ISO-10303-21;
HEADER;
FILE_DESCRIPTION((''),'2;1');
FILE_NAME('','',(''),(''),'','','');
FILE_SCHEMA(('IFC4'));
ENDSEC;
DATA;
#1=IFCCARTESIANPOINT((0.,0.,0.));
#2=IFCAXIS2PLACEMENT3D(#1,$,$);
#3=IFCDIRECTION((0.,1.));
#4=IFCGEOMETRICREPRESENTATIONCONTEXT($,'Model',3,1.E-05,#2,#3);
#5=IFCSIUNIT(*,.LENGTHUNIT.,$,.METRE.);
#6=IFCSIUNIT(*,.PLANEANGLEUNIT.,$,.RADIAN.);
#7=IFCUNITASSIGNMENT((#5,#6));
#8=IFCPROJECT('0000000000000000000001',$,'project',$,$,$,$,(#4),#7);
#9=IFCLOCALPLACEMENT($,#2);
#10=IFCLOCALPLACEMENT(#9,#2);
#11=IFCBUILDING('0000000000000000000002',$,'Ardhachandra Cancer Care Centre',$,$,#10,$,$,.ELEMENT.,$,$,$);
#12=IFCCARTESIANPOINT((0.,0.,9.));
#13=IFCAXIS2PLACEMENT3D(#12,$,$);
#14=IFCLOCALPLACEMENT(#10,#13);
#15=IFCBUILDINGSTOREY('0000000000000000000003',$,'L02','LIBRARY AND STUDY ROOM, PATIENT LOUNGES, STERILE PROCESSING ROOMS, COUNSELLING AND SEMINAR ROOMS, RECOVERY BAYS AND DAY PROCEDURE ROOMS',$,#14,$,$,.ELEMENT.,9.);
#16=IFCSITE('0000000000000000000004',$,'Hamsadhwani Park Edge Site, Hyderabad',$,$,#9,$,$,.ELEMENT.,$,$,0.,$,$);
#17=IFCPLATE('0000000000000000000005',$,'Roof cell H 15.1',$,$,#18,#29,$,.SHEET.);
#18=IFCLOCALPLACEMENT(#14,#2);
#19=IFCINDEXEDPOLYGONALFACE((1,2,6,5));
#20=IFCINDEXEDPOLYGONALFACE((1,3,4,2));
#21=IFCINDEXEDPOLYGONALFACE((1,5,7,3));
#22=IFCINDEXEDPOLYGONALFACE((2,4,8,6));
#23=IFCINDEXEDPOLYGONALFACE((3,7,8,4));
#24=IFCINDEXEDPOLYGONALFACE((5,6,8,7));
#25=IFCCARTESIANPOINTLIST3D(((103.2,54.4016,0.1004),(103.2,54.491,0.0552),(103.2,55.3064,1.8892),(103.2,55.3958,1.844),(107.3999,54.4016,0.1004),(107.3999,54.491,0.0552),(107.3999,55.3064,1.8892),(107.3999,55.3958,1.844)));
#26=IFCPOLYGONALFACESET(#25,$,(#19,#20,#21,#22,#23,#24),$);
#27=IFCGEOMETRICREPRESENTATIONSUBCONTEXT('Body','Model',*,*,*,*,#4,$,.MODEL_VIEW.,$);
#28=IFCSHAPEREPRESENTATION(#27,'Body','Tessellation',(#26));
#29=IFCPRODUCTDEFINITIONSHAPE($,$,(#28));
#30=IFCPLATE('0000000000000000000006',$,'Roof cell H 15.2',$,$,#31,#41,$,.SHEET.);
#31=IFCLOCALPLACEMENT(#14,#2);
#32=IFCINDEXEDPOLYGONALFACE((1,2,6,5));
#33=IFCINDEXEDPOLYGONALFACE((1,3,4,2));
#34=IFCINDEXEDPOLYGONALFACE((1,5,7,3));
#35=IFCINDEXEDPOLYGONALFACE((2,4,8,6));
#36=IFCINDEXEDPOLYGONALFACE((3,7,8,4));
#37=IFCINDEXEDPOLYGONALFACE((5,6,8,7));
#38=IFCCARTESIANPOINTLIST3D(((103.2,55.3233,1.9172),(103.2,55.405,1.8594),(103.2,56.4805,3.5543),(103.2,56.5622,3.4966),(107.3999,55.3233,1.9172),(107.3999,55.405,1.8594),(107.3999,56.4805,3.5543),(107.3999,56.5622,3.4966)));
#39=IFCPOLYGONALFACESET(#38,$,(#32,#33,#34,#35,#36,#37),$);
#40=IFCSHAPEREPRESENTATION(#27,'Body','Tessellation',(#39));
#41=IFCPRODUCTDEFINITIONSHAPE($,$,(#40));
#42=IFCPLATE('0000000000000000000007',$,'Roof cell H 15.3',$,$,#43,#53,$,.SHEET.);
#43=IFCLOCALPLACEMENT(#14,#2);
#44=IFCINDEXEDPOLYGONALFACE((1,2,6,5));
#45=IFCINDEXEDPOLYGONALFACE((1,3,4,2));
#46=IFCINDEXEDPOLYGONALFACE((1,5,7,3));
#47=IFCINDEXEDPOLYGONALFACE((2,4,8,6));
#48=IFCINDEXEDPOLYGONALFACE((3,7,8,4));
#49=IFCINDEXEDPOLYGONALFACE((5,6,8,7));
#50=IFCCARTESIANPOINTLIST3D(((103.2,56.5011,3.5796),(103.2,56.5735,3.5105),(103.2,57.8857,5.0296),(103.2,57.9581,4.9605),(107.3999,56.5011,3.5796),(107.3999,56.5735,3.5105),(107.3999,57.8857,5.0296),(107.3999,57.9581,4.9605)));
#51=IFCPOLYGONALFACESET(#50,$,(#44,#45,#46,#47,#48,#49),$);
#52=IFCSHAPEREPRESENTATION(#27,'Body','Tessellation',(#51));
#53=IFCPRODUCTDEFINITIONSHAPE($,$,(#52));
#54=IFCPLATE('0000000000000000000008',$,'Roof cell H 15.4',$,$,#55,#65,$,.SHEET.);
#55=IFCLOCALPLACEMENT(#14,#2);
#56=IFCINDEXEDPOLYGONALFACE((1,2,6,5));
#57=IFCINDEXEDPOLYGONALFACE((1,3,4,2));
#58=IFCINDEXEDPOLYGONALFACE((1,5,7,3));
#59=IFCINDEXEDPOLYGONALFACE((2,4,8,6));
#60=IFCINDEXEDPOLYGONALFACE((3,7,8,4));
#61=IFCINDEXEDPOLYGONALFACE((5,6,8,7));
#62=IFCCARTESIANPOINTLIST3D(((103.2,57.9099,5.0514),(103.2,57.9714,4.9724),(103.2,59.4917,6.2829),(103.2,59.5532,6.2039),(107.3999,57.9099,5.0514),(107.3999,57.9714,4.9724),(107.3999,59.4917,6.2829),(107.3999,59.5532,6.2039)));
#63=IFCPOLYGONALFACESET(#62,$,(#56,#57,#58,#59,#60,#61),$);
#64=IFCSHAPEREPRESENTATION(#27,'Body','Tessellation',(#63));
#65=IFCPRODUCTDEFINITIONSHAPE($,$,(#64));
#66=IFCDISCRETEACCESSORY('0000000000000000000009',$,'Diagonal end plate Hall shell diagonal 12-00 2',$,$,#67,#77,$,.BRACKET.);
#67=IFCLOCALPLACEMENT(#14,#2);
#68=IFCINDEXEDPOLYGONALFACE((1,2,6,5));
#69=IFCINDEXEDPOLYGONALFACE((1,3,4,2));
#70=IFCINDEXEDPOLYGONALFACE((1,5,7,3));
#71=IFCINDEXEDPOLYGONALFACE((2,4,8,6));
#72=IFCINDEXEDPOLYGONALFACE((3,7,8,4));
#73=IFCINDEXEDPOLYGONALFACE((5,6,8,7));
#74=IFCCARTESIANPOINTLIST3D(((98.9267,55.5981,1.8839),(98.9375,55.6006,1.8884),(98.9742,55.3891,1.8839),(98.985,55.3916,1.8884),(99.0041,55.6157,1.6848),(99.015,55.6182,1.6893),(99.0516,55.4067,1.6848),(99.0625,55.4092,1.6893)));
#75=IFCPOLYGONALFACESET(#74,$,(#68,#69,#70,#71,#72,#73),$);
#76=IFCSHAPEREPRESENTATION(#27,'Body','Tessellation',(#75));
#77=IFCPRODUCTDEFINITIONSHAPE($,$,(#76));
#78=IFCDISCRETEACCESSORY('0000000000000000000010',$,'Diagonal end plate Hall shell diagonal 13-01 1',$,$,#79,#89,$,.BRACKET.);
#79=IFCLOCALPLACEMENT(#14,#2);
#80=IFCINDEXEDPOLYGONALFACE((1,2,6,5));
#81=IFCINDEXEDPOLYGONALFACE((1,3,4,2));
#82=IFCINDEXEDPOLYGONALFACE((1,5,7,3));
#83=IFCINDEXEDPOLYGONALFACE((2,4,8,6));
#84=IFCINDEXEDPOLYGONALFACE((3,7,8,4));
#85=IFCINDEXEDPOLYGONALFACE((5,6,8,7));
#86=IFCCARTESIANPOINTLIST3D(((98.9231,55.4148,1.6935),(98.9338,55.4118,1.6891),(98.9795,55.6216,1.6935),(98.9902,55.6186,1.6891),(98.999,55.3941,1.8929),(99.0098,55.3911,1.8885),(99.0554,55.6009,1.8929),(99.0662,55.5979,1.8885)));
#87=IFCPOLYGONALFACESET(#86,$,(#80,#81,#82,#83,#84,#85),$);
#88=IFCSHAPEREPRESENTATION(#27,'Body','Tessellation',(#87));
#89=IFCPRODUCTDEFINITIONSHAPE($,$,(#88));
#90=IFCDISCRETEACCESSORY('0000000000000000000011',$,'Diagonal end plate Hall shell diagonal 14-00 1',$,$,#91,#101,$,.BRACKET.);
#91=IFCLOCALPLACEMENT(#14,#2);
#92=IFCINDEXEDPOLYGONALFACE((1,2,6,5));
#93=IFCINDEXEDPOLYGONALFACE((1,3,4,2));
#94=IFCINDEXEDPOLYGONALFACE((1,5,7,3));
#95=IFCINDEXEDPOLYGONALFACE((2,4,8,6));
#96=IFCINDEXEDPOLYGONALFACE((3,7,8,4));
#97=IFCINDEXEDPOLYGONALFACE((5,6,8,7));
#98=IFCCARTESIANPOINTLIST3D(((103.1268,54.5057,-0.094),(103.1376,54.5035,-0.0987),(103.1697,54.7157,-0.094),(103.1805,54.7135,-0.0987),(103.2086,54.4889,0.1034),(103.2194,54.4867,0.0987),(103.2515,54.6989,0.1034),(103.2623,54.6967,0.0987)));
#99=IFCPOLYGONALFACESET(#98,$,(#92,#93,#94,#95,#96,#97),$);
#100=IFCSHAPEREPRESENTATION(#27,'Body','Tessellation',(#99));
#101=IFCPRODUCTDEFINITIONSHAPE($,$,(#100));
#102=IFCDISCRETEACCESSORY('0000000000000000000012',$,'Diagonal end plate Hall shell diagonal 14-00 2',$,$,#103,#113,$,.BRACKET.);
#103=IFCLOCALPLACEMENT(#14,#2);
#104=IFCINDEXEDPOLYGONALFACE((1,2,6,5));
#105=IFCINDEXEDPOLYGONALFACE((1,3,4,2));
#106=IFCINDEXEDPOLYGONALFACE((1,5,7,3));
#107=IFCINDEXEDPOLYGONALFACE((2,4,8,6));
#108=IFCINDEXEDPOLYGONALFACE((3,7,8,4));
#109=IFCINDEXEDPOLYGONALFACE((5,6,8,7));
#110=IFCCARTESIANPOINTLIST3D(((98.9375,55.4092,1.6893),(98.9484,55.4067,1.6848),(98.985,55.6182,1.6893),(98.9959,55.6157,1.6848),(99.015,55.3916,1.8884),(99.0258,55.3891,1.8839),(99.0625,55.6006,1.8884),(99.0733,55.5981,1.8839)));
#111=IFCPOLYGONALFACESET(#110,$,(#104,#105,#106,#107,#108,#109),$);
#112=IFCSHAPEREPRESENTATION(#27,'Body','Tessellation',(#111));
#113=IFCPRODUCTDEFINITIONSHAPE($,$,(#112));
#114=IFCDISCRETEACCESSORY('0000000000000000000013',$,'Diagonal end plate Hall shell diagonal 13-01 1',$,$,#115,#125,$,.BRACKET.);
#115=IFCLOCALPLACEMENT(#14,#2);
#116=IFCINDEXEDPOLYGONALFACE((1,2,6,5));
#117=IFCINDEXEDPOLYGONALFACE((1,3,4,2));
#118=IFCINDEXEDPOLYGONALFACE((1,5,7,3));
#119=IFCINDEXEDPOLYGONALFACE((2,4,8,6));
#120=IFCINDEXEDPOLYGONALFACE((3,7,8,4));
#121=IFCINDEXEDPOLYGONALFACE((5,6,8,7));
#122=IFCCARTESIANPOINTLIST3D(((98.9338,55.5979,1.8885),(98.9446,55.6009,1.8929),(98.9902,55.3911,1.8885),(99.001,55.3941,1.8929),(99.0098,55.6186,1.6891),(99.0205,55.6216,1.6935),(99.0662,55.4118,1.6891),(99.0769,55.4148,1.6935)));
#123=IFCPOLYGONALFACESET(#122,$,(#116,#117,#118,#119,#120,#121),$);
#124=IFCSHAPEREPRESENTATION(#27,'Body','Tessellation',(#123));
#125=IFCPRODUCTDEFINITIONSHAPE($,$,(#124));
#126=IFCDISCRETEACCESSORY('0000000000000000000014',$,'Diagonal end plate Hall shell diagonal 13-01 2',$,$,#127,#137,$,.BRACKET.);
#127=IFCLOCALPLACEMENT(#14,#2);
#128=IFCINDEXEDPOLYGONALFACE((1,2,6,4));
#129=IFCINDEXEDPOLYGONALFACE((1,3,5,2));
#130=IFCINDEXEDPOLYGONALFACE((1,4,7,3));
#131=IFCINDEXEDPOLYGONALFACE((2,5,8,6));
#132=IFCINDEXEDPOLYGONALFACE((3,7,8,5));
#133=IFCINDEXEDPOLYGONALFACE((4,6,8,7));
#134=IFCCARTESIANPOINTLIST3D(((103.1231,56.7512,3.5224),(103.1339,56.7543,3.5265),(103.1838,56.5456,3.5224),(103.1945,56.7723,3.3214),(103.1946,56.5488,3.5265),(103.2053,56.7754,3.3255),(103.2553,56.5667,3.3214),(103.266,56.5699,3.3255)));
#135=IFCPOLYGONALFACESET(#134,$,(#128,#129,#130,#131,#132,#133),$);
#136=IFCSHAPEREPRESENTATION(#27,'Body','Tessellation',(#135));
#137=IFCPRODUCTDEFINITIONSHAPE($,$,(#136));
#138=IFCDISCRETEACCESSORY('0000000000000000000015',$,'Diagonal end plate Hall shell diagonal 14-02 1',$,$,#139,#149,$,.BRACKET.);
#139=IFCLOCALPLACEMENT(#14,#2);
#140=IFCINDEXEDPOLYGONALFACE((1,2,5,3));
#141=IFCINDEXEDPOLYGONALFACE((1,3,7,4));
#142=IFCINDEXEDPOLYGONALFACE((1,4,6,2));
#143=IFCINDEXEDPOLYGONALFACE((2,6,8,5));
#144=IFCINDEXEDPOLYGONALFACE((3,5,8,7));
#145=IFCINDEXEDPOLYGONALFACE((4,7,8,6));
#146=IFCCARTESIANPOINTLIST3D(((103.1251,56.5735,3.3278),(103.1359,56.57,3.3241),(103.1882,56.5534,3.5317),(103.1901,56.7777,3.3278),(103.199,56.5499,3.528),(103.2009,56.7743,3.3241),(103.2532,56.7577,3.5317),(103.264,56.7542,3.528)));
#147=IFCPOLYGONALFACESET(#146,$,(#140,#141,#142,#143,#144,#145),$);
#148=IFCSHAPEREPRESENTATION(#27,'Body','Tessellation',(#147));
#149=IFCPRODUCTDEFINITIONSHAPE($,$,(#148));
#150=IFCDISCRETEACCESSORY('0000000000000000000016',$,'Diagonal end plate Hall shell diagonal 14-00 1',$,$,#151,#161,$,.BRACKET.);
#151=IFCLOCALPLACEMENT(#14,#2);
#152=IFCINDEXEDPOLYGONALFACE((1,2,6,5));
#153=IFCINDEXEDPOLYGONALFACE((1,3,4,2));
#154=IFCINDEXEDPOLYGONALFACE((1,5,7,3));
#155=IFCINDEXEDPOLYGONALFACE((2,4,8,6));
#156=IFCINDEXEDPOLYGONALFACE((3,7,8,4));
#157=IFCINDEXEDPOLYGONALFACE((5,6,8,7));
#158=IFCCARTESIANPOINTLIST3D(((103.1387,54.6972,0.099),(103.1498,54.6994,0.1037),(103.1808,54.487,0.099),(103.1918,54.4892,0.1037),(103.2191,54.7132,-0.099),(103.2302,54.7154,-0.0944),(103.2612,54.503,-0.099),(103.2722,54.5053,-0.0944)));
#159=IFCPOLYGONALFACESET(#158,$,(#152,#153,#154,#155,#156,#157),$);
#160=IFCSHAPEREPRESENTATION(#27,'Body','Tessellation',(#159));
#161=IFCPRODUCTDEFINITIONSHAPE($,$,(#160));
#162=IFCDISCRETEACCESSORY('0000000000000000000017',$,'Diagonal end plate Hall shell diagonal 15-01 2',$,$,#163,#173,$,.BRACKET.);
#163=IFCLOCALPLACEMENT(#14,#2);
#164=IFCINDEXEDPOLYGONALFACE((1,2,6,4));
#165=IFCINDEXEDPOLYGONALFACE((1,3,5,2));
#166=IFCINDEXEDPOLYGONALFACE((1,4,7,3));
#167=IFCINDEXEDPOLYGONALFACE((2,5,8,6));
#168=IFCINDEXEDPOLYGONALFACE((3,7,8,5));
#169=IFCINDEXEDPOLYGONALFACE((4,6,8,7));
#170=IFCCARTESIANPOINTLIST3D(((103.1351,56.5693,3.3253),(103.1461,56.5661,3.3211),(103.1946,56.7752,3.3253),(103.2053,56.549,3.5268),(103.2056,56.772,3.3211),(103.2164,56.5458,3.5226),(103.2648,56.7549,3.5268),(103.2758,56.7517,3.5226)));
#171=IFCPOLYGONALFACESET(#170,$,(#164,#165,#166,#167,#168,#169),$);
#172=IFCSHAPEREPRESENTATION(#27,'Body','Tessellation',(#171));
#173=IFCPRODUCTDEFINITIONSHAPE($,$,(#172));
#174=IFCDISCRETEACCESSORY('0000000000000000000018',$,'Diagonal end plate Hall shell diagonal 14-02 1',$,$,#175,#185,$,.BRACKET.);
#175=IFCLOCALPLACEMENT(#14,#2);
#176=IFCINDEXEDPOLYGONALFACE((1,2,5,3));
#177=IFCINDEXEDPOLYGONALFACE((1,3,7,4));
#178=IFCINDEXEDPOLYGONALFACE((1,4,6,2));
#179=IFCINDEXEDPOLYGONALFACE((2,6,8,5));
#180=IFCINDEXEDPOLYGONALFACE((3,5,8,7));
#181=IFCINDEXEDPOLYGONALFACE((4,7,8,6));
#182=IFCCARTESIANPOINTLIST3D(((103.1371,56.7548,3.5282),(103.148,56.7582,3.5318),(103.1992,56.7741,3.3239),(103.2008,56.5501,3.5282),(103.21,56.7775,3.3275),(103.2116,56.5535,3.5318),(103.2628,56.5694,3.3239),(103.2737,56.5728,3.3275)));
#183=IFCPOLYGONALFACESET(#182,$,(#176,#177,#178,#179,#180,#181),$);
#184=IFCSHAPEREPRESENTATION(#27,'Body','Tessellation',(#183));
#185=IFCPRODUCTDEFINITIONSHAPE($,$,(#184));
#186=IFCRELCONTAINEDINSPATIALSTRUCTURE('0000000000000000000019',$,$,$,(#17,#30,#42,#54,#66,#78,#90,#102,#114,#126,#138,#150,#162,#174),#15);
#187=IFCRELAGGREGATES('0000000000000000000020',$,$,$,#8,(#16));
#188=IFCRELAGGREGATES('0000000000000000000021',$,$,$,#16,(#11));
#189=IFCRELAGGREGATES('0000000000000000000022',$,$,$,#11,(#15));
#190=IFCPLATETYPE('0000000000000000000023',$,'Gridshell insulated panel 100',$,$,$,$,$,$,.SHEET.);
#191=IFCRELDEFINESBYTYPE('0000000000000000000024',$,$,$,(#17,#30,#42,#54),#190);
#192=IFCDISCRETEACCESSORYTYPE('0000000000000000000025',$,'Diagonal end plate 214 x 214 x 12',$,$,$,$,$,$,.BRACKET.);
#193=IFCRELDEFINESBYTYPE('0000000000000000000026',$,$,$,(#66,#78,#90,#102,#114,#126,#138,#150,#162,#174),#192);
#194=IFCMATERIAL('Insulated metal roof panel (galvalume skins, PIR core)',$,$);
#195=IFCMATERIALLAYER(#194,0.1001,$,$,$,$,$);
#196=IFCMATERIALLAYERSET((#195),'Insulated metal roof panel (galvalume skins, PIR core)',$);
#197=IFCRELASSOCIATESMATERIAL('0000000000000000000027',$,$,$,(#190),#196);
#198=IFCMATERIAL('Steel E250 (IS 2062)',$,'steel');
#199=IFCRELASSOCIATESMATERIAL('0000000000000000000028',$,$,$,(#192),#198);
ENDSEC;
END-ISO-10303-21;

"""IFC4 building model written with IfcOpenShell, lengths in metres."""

from ifc_helpers import new_model, si_unit, direction, frame, origin, origin_2d, place, context, subcontext, project, spatial, polyline, rectangle, outline, extrude, material, layer, layer_set, material_profile, profile_set, type_object, element, save


model = new_model("IFC4")

# Units and contexts
model_context = context("Model", 3, precision=1e-05, world=origin(), true_north=direction((0.0, 1.0)))
body_context = subcontext(model_context, "Body", "Model", "MODEL_VIEW")
ifc_project = project(units=[si_unit("LENGTHUNIT", "METRE"), si_unit("PLANEANGLEUNIT", "RADIAN")], contexts=[model_context])

# Site, building, storey
site_placement = place(None, origin())
site = spatial("IfcSite", under=ifc_project, at=site_placement, Name="Hamsadhwani Park Edge Site, Hyderabad", CompositionType="ELEMENT", RefElevation=0.0)
building_placement = place(site_placement, origin())
building = spatial("IfcBuilding", under=site, at=building_placement, Name="Ardhachandra Cancer Care Centre", CompositionType="ELEMENT")
storey_placement = place(building_placement, frame((0.0, 0.0, 9.0)))
storey = spatial("IfcBuildingStorey", under=building, at=storey_placement, Name="L02", Description="LIBRARY AND STUDY ROOM, PATIENT LOUNGES, STERILE PROCESSING ROOMS, COUNSELLING AND SEMINAR ROOMS, RECOVERY BAYS AND DAY PROCEDURE ROOMS", CompositionType="ELEMENT", Elevation=9.0)

# Plates
ifc_material_1 = material(Name="Insulated metal roof panel (galvalume skins, PIR core)")
ifc_layer = layer(ifc_material_1, 0.1001)
ifc_layer_set = layer_set([ifc_layer], Name="Insulated metal roof panel (galvalume skins, PIR core)")
plate_type = type_object("IfcPlateType", Name="Gridshell insulated panel 100", PredefinedType="SHEET", material=ifc_layer_set)
for number, where, z_axis, x_axis, name in (
    (1, (103.2, 54.491, 0.0552), (0.0, -0.892347, 0.45135), (1.0, 0.0, 0.0), "Roof cell H 15.1"),
):
    element("IfcPlate", number, at=place(storey_placement, frame(where, z_axis=z_axis, x_axis=x_axis)), inside=storey, type_object=plate_type, Name=name, PredefinedType="SHEET", context=body_context, shape_type="SweptSolid", body=[
        extrude(outline(polyline([(0.0, 0.0), (4.2, 0.0), (4.2, 2.0046), (0.0, 2.0046), (0.0, 0.0)])), origin(), (0.0, 0.0, 1.0), 0.1001),
    ])
for number, where, z_axis, x_axis, name in (
    (2, (103.2, 55.405, 1.8594), (0.0, -0.816603, 0.577199), (1.0, 0.0, 0.0), "Roof cell H 15.2"),
    (3, (103.2, 56.5735, 3.5105), (0.0, -0.723237, 0.6906), (1.0, 0.0, 0.0), "Roof cell H 15.3"),
):
    element("IfcPlate", number, at=place(storey_placement, frame(where, z_axis=z_axis, x_axis=x_axis)), inside=storey, type_object=plate_type, Name=name, PredefinedType="SHEET", context=body_context, shape_type="SweptSolid", body=[
        extrude(outline(polyline([(0.0, 0.0), (4.2, 0.0), (4.2, 2.0049), (0.0, 2.0049), (0.0, 0.0)])), origin(), (0.0, 0.0, 1.0), 0.1001),
    ])
plate_1_placement = place(storey_placement, frame((103.2, 57.9714, 4.9724), z_axis=(0.0, -0.614303, 0.78907), x_axis=(1.0, 0.0, 0.0)))
element("IfcPlate", 4, at=plate_1_placement, inside=storey, type_object=plate_type, Name="Roof cell H 15.4", PredefinedType="SHEET", context=body_context, shape_type="SweptSolid", body=[
    extrude(outline(polyline([(0.0, 0.0), (4.2, 0.0), (4.2, 2.0046), (0.0, 2.0046), (0.0, 0.0)])), origin(), (0.0, 0.0, 1.0), 0.1001),
])

# Discrete accessories
ifc_material_2 = material(Name="Steel E250 (IS 2062)", Category="steel")
ifc_material_profile_1 = material_profile(ifc_material_2, rectangle(XDim=0.2144, YDim=0.2144, at=origin_2d()), Name="PL 214x214x12")
ifc_profile_set_1 = profile_set([ifc_material_profile_1], Name="Steel E250 (IS 2062)")
discrete_accessory_type = type_object("IfcDiscreteAccessoryType", Name="Diagonal end plate 214 x 214 x 12", PredefinedType="BRACKET", material=ifc_profile_set_1)
for number, where, z_axis, x_axis, name in (
    (5, (99.0, 55.5049, 1.7888), (-0.905726, -0.205847, -0.370524), (0.221621, -0.975133, 0.0), "Diagonal end plate Hall shell diagonal 12-00 2"),
    (6, (99.0, 55.5049, 1.7888), (-0.897399, 0.244745, 0.367118), (-0.263117, -0.964764, 0.0), "Diagonal end plate Hall shell diagonal 13-01 1"),
    (7, (103.2, 54.6001, 0.0), (-0.902291, 0.18456, 0.389626), (-0.200396, -0.979715, 0.0), "Diagonal end plate Hall shell diagonal 14-00 1"),
    (8, (99.0, 55.5049, 1.7888), (0.905726, -0.205847, -0.370524), (0.221621, 0.975133, 0.0), "Diagonal end plate Hall shell diagonal 14-00 2"),
    (9, (99.0, 55.5049, 1.7888), (0.897399, 0.244745, 0.367118), (-0.263117, 0.964764, 0.0), "Diagonal end plate Hall shell diagonal 13-01 1"),
    (10, (103.2, 56.6621, 3.426), (-0.899271, -0.265694, -0.347446), (0.283346, -0.959018, 0.0), "Diagonal end plate Hall shell diagonal 13-01 2"),
    (11, (103.2, 56.6621, 3.426), (-0.906302, 0.288369, 0.308967), (-0.303204, -0.952926, 0.0), "Diagonal end plate Hall shell diagonal 14-02 1"),
):
    element("IfcDiscreteAccessory", number, at=place(storey_placement, frame(where, z_axis=z_axis, x_axis=x_axis)), inside=storey, type_object=discrete_accessory_type, Name=name, PredefinedType="BRACKET", context=body_context, shape_type="SweptSolid", body=[
        extrude(rectangle(XDim=0.2144, YDim=0.2144, at=origin_2d()), origin(), (0.0, 0.0, 1.0), 0.012),
    ])
for number, where, z_axis, x_axis, name in (
    (12, (103.2, 54.6001, 0.0), (0.905999, 0.1812, 0.382533), (-0.196116, 0.980581, 0.0), "Diagonal end plate Hall shell diagonal 14-00 1"),
    (13, (103.2, 56.6621, 3.426), (0.903076, -0.260889, -0.341162), (0.27754, 0.960714, 0.0), "Diagonal end plate Hall shell diagonal 15-01 2"),
):
    element("IfcDiscreteAccessory", number, at=place(storey_placement, frame(where, z_axis=z_axis, x_axis=x_axis)), inside=storey, type_object=discrete_accessory_type, Name=name, PredefinedType="BRACKET", context=body_context, shape_type="SweptSolid", body=[
        extrude(rectangle(XDim=0.2144, YDim=0.2144, at=origin_2d()), origin(), (0.0, 0.0, 1.0), 0.0122),
    ])
discrete_accessory_placement = place(storey_placement, frame((103.2, 56.6621, 3.426), z_axis=(0.90988, 0.283074, 0.303293), x_axis=(-0.297067, 0.954857, 0.0)))
element("IfcDiscreteAccessory", 14, at=discrete_accessory_placement, inside=storey, type_object=discrete_accessory_type, Name="Diagonal end plate Hall shell diagonal 14-02 1", PredefinedType="BRACKET", context=body_context, shape_type="SweptSolid", body=[
    extrude(rectangle(XDim=0.2144, YDim=0.2144, at=origin_2d()), origin(), (0.0, 0.0, 1.0), 0.012),
])

save(model, "model.ifc")
